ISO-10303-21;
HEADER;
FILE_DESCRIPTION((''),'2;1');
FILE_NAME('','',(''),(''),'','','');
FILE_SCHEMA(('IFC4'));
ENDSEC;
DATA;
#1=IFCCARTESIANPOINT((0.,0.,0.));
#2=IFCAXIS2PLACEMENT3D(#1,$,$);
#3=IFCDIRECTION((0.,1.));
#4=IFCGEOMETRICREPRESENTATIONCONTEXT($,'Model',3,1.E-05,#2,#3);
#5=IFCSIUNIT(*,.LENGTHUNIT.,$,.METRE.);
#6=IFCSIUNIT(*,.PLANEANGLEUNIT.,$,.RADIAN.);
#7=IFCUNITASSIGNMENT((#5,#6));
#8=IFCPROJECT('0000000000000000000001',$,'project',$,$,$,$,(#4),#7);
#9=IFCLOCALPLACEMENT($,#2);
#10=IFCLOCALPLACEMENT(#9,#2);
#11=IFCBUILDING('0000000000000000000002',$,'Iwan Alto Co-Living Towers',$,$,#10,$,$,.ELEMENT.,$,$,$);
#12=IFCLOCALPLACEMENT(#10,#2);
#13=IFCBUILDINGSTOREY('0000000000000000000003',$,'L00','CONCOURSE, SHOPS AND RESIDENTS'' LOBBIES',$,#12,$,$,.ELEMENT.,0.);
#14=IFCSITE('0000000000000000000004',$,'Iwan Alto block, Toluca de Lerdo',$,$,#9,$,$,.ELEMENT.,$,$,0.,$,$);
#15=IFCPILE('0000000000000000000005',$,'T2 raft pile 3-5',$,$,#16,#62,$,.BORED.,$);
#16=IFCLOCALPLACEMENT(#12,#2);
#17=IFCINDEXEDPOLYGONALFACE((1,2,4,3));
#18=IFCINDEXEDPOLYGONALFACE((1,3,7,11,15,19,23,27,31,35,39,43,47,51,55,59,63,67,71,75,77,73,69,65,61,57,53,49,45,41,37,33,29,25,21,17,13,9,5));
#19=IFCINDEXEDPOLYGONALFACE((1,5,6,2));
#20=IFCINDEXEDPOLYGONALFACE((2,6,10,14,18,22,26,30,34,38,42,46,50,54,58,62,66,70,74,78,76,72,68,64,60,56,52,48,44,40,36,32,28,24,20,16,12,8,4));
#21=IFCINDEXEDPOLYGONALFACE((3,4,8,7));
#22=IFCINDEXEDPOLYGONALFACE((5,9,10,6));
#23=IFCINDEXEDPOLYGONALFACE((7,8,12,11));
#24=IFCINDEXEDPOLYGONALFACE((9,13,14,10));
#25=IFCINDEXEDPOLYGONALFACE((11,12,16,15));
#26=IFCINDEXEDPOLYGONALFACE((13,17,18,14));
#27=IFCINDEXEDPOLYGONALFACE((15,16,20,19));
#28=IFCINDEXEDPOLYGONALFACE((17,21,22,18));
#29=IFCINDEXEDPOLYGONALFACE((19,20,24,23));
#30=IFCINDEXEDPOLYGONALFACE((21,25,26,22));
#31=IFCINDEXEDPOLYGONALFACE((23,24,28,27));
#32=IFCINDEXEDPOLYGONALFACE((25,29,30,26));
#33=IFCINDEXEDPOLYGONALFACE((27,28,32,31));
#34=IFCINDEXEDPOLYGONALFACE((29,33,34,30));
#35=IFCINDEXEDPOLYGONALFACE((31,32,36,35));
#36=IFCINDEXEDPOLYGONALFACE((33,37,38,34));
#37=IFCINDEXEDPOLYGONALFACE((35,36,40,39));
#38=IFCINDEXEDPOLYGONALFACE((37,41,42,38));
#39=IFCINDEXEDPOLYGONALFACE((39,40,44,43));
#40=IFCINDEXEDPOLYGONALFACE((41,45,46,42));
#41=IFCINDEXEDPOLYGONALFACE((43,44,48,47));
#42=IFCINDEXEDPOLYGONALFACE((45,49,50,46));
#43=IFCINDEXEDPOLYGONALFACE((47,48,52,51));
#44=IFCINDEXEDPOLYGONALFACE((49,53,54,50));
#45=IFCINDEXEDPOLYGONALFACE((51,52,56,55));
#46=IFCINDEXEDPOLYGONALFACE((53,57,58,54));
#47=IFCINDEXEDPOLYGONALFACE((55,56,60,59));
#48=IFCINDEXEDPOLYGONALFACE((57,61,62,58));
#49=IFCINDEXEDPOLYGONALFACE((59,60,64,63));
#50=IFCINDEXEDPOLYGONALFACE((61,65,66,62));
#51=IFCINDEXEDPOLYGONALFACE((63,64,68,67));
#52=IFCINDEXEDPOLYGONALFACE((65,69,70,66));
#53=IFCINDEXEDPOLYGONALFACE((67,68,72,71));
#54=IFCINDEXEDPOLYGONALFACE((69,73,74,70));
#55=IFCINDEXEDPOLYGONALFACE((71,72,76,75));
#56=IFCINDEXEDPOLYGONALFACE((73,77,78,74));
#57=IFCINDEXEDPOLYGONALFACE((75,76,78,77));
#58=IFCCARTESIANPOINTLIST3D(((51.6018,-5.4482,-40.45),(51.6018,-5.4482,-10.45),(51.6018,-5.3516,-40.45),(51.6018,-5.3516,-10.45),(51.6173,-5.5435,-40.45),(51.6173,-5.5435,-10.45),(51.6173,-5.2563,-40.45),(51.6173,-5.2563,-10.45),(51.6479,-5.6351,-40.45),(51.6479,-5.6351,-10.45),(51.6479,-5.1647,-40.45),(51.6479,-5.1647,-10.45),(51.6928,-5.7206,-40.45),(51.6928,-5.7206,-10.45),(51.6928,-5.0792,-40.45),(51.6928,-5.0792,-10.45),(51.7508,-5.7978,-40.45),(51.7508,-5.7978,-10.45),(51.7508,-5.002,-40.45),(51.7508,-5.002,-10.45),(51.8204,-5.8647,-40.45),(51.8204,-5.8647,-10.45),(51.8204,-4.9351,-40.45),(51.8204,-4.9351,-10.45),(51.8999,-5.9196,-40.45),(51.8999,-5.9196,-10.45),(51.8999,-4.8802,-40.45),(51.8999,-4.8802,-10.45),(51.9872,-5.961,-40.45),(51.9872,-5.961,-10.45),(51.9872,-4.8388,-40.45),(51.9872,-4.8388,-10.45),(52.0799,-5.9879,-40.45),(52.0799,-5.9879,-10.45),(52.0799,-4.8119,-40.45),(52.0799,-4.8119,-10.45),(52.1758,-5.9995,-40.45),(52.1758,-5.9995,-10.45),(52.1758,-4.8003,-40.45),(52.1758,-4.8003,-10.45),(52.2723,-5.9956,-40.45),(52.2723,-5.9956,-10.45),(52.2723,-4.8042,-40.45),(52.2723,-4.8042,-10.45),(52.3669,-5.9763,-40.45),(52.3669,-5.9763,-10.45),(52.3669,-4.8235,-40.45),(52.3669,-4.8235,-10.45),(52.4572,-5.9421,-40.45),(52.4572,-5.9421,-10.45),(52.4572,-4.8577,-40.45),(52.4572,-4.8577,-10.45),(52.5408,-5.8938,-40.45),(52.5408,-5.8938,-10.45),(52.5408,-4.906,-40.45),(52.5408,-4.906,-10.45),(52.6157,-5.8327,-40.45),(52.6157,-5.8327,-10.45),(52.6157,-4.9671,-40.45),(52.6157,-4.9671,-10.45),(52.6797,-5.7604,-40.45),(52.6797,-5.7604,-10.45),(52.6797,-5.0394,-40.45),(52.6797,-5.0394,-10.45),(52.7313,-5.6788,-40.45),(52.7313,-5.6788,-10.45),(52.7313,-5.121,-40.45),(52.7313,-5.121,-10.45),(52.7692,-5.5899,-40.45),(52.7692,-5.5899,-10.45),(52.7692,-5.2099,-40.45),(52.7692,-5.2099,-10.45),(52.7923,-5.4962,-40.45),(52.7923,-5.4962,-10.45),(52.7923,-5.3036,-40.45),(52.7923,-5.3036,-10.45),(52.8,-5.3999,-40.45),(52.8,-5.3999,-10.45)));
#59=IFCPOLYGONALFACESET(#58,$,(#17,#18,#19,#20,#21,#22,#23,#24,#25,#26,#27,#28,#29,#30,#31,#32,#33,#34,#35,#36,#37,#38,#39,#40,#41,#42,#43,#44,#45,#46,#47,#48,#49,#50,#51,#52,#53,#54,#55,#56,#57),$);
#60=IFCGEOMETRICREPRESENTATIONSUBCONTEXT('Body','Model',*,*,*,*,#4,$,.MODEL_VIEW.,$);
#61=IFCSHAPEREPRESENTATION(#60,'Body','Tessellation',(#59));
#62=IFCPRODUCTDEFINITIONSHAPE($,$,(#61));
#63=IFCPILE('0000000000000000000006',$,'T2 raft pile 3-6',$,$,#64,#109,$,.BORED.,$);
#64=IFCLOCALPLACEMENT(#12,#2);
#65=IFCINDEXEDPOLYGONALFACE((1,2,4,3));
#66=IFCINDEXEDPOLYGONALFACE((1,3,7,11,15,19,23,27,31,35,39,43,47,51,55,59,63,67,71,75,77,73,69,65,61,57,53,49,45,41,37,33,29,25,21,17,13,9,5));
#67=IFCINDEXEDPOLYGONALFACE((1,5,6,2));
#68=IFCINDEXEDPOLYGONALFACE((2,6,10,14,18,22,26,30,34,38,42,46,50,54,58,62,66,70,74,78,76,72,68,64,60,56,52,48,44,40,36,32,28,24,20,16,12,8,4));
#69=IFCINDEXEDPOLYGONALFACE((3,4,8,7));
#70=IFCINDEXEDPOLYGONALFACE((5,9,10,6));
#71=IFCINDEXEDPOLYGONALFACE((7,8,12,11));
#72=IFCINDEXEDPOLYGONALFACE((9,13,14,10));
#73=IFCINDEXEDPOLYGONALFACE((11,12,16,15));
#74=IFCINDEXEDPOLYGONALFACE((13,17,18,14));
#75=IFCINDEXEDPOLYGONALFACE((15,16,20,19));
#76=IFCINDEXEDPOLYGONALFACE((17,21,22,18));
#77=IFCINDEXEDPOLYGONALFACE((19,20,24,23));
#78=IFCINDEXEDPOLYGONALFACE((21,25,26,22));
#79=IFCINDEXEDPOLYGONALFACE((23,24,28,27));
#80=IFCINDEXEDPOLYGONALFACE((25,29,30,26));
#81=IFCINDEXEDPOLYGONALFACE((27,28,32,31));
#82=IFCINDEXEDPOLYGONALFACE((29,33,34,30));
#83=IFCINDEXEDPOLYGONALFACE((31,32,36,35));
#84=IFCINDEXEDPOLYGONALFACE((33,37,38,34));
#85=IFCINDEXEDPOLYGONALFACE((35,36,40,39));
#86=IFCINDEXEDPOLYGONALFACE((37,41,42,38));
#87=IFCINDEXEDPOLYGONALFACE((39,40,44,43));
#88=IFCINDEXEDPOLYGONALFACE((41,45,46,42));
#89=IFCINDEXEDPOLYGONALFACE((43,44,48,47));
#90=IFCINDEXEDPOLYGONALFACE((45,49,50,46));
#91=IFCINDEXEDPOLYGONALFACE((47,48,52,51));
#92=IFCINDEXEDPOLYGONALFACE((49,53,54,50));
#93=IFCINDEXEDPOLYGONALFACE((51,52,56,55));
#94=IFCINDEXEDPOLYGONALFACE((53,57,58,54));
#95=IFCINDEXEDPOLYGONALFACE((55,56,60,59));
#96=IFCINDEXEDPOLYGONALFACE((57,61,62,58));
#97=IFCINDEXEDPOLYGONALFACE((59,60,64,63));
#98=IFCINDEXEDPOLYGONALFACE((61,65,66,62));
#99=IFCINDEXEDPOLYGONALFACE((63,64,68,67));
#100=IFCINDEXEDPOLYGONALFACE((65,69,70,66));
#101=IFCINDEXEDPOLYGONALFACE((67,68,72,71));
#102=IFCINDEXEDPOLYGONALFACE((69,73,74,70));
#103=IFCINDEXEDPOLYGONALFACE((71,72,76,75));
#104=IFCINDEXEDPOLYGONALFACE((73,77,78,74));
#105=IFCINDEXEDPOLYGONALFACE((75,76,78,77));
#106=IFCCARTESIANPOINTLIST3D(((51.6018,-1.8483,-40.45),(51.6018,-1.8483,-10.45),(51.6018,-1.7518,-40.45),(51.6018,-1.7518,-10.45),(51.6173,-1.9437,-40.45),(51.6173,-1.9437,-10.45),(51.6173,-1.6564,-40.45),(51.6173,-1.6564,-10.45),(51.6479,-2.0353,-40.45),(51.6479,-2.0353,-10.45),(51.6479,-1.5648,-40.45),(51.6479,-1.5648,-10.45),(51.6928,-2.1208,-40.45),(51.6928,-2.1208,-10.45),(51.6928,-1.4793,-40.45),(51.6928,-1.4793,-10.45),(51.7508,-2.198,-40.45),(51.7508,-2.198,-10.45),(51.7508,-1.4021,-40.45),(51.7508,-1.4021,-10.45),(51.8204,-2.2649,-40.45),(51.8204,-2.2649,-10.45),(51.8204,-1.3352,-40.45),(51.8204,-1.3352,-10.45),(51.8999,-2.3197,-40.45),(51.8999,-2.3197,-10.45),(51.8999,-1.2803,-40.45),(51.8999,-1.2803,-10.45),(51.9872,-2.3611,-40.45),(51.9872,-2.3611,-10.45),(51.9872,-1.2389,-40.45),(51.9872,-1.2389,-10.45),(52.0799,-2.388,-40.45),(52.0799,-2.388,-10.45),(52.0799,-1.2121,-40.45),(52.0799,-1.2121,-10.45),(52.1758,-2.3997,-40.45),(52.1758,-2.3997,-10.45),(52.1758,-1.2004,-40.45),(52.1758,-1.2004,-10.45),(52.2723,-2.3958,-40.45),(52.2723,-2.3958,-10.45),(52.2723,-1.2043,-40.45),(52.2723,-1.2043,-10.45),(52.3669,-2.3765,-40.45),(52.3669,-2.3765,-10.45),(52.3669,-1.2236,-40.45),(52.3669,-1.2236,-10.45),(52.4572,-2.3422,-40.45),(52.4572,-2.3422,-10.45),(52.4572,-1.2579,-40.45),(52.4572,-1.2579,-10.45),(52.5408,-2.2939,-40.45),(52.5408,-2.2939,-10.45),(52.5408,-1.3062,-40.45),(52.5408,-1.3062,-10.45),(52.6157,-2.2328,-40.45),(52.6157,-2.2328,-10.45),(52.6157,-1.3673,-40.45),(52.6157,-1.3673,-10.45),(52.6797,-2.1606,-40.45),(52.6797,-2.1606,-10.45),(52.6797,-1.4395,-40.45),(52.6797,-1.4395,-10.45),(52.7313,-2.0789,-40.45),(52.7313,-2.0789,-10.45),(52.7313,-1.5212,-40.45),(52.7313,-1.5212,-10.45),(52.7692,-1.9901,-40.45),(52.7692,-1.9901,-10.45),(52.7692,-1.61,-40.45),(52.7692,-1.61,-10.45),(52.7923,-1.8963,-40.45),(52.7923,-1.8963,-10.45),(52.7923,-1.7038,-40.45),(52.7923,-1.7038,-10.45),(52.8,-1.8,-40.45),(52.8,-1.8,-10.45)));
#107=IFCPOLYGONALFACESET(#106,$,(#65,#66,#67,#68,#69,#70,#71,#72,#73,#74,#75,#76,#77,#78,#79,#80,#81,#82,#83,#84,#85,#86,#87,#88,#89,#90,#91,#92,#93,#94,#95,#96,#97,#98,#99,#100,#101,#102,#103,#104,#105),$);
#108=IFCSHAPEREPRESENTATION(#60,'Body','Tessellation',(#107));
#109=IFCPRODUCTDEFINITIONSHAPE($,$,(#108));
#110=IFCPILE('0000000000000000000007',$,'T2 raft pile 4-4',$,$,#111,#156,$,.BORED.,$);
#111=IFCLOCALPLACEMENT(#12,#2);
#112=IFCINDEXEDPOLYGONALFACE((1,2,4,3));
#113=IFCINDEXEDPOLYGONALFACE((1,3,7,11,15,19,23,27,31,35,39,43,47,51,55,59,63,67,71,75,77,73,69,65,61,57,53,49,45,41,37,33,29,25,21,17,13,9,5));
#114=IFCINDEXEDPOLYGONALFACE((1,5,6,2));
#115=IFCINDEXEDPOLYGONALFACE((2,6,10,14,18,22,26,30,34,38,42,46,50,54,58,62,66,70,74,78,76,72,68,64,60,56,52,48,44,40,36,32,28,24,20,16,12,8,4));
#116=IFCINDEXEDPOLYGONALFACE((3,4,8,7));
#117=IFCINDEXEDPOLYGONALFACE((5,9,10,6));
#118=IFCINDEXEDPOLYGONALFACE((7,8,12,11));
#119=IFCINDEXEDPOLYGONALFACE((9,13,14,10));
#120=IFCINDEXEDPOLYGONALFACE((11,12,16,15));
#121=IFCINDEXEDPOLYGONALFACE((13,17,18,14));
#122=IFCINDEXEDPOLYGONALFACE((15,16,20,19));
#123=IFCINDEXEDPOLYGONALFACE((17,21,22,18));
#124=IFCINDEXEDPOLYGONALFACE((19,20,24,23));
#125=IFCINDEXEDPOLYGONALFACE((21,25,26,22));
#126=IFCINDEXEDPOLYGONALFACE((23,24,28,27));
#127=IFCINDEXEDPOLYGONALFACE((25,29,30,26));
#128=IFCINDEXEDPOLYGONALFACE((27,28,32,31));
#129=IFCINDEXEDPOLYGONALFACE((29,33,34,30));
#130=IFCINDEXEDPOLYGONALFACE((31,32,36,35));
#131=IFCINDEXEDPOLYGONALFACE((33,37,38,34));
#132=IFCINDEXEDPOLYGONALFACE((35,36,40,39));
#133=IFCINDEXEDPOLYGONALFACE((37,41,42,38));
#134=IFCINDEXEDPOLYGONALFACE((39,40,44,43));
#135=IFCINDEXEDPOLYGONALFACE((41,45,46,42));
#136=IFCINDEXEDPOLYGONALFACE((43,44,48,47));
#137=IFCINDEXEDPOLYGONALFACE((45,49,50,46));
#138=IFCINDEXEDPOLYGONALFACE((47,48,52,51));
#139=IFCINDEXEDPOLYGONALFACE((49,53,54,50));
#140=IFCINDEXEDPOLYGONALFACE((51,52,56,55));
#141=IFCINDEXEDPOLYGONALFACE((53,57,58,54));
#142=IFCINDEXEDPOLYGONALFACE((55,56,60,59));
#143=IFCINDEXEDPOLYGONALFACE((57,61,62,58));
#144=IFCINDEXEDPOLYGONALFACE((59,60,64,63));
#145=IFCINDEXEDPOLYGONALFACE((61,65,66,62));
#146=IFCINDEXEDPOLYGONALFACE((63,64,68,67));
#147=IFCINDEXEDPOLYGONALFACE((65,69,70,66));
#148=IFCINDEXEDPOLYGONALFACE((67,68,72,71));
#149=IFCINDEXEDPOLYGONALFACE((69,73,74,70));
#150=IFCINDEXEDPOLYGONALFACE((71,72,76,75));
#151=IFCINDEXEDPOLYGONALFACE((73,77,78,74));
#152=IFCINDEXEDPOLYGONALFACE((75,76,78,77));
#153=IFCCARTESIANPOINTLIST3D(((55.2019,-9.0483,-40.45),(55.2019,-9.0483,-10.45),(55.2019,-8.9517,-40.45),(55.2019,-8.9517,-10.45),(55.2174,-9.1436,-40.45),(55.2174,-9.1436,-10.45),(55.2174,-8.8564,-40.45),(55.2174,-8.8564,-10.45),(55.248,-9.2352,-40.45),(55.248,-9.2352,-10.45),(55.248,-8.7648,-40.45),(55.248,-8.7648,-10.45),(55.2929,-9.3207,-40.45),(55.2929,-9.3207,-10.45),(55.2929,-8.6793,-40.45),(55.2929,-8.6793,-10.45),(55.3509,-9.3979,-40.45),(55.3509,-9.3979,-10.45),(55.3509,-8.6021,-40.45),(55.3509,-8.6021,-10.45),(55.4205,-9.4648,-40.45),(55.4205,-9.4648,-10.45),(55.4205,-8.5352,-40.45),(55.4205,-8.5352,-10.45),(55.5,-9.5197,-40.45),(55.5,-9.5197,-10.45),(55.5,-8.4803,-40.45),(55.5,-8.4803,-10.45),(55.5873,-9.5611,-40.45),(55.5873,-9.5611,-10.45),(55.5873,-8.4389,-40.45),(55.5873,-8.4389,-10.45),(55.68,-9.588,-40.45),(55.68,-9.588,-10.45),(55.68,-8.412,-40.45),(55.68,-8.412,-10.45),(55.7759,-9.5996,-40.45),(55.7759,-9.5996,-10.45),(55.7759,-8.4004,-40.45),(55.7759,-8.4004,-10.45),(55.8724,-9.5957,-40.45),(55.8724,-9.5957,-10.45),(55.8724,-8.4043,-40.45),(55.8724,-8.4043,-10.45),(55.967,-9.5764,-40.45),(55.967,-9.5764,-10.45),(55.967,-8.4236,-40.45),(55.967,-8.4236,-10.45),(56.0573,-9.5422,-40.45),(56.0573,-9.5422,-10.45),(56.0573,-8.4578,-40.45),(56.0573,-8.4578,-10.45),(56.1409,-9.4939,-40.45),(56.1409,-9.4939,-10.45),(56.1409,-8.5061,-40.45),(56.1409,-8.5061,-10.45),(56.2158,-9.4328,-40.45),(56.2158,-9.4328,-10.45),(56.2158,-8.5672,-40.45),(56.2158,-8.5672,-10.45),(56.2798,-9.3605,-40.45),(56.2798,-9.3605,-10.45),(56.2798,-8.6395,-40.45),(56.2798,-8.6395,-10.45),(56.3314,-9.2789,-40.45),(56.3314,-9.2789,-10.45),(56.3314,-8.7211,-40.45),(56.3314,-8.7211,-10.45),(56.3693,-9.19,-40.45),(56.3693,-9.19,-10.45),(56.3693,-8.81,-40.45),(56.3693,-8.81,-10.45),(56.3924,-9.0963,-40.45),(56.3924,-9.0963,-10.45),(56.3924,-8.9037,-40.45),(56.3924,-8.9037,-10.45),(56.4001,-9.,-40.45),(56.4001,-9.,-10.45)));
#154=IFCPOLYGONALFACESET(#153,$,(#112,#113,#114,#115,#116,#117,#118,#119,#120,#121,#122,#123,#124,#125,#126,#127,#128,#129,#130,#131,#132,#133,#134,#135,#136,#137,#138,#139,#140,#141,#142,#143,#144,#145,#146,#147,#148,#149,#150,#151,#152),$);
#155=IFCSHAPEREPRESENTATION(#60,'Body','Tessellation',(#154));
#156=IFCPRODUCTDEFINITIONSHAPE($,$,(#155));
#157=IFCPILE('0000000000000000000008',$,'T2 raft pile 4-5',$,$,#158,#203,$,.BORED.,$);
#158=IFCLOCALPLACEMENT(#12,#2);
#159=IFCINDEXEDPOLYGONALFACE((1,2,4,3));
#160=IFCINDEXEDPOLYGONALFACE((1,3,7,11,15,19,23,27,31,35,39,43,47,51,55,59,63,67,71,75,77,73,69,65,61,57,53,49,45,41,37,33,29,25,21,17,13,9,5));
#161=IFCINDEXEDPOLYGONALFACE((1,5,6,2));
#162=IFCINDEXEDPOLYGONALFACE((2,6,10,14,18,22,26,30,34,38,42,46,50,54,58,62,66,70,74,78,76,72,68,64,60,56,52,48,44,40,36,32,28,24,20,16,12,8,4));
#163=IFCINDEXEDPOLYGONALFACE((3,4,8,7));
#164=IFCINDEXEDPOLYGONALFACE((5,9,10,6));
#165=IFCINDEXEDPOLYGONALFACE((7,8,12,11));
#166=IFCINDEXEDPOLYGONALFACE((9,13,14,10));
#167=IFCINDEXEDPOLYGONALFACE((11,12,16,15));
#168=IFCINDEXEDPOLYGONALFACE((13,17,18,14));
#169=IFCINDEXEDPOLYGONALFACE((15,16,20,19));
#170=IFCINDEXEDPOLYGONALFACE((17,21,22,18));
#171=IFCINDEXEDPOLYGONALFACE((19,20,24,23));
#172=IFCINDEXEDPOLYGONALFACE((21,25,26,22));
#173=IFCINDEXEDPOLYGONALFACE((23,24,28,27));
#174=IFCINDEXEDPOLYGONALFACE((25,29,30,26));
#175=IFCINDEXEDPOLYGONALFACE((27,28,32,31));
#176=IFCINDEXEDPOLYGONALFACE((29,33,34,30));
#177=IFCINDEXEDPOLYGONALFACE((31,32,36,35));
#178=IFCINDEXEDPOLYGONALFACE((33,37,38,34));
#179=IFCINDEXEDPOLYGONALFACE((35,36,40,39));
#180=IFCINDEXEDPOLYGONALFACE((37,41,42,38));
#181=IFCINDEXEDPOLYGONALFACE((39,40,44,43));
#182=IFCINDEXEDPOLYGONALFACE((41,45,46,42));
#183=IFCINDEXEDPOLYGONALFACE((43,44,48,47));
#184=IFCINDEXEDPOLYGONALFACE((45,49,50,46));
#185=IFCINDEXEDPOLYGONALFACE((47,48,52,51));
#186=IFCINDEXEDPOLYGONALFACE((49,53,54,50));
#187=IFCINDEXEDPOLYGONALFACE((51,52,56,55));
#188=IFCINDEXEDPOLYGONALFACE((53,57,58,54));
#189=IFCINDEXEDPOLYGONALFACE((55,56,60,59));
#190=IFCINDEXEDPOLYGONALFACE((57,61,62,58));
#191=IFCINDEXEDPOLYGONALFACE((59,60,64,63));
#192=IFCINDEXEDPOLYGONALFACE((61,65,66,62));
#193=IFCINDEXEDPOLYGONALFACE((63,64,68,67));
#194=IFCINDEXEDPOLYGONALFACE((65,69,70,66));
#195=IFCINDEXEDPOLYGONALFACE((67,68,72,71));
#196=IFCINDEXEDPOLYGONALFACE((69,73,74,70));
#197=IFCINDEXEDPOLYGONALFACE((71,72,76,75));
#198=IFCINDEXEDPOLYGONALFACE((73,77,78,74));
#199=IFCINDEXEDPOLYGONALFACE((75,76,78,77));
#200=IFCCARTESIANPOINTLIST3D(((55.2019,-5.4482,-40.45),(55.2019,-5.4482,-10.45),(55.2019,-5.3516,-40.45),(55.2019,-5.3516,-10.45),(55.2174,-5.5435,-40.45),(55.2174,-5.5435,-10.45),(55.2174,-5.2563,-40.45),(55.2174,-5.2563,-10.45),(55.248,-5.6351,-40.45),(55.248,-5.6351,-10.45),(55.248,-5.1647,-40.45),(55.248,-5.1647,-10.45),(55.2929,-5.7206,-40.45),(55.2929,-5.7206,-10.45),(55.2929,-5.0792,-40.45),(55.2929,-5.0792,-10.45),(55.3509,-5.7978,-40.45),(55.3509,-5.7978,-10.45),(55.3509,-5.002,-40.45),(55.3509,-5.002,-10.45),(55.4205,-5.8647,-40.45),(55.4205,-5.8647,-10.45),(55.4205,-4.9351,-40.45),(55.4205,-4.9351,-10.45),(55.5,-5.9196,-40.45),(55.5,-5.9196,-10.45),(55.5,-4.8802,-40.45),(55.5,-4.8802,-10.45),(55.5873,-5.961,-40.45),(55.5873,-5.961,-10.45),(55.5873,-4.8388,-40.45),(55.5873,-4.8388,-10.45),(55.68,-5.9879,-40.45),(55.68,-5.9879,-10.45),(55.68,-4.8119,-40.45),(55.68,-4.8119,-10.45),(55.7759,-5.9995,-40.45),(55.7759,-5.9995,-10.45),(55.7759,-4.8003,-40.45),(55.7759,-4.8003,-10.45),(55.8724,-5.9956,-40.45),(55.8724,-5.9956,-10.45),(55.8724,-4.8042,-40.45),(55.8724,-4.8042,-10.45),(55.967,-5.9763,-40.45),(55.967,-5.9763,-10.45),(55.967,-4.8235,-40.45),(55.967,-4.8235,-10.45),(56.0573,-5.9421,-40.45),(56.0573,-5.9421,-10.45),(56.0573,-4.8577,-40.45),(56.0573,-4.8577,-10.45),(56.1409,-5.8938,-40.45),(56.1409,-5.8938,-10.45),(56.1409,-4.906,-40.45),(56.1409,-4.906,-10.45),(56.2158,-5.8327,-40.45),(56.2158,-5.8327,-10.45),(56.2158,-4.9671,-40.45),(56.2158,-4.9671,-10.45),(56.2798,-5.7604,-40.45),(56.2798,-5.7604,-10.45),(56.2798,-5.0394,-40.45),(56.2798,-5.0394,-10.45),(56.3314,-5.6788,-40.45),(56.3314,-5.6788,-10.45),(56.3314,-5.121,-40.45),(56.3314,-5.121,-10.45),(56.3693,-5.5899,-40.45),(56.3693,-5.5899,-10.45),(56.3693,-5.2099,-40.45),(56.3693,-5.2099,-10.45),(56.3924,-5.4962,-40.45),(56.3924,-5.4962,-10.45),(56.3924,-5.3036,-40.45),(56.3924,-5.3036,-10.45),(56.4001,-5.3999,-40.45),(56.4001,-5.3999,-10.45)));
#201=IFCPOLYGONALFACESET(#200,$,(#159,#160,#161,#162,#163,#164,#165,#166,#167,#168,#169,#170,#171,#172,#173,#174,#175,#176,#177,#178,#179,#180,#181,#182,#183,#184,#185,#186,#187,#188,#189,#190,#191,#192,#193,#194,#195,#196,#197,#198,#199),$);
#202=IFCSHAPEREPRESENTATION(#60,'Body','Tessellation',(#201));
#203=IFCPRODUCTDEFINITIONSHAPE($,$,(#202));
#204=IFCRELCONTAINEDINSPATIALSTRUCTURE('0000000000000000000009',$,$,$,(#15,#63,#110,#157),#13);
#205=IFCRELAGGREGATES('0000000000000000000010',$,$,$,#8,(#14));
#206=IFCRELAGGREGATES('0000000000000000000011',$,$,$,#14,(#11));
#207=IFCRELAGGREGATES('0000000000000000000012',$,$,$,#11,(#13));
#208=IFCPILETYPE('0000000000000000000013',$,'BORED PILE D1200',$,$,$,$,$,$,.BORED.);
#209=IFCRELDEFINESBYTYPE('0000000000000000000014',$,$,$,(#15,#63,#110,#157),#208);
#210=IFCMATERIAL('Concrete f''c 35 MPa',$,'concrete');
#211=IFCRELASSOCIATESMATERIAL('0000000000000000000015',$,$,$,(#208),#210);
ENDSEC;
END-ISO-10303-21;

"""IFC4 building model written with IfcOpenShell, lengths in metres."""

from ifc_helpers import new_model, si_unit, direction, frame, origin, origin_2d, place, context, subcontext, project, spatial, circle, extrude, material, material_profile, profile_set, type_object, element, save


model = new_model("IFC4")

# Units and contexts
model_context = context("Model", 3, precision=1e-05, world=origin(), true_north=direction((0.0, 1.0)))
body_context = subcontext(model_context, "Body", "Model", "MODEL_VIEW")
ifc_project = project(units=[si_unit("LENGTHUNIT", "METRE"), si_unit("PLANEANGLEUNIT", "RADIAN")], contexts=[model_context])

# Site, building, storey
site_placement = place(None, origin())
site = spatial("IfcSite", under=ifc_project, at=site_placement, Name="Iwan Alto block, Toluca de Lerdo", CompositionType="ELEMENT", RefElevation=0.0)
building_placement = place(site_placement, origin())
building = spatial("IfcBuilding", under=site, at=building_placement, Name="Iwan Alto Co-Living Towers", CompositionType="ELEMENT")
storey_placement = place(building_placement, origin())
storey = spatial("IfcBuildingStorey", under=building, at=storey_placement, Name="L00", Description="CONCOURSE, SHOPS AND RESIDENTS' LOBBIES", CompositionType="ELEMENT", Elevation=0.0)

# Piles
ifc_material_1 = material(Name="Concrete f'c 35 MPa", Category="concrete")
ifc_material_profile_1 = material_profile(ifc_material_1, circle(Radius=0.6001, at=origin_2d()), Name="D1200")
ifc_profile_set_1 = profile_set([ifc_material_profile_1], Name="Concrete f'c 35 MPa")
pile_type = type_object("IfcPileType", Name="BORED PILE D1200", PredefinedType="BORED", material=ifc_profile_set_1)
for number, where, z_axis, x_axis, name in (
    (1, (52.2, -5.3999, -10.45), (0.0, 0.0, -1.0), (1.0, 0.0, 0.0), "T2 raft pile 3-5"),
    (2, (52.2, -1.8, -10.45), (0.0, 0.0, -1.0), (1.0, 0.0, 0.0), "T2 raft pile 3-6"),
    (3, (55.8, -9.0, -10.45), (0.0, 0.0, -1.0), (1.0, 0.0, 0.0), "T2 raft pile 4-4"),
    (4, (55.8, -5.3999, -10.45), (0.0, 0.0, -1.0), (1.0, 0.0, 0.0), "T2 raft pile 4-5"),
):
    element("IfcPile", number, at=place(storey_placement, frame(where, z_axis=z_axis, x_axis=x_axis)), inside=storey, type_object=pile_type, Name=name, PredefinedType="BORED", context=body_context, shape_type="SweptSolid", body=[
        extrude(circle(Radius=0.6001, at=origin_2d()), origin(), (0.0, 0.0, 1.0), 30.0),
    ])

save(model, "model.ifc")
